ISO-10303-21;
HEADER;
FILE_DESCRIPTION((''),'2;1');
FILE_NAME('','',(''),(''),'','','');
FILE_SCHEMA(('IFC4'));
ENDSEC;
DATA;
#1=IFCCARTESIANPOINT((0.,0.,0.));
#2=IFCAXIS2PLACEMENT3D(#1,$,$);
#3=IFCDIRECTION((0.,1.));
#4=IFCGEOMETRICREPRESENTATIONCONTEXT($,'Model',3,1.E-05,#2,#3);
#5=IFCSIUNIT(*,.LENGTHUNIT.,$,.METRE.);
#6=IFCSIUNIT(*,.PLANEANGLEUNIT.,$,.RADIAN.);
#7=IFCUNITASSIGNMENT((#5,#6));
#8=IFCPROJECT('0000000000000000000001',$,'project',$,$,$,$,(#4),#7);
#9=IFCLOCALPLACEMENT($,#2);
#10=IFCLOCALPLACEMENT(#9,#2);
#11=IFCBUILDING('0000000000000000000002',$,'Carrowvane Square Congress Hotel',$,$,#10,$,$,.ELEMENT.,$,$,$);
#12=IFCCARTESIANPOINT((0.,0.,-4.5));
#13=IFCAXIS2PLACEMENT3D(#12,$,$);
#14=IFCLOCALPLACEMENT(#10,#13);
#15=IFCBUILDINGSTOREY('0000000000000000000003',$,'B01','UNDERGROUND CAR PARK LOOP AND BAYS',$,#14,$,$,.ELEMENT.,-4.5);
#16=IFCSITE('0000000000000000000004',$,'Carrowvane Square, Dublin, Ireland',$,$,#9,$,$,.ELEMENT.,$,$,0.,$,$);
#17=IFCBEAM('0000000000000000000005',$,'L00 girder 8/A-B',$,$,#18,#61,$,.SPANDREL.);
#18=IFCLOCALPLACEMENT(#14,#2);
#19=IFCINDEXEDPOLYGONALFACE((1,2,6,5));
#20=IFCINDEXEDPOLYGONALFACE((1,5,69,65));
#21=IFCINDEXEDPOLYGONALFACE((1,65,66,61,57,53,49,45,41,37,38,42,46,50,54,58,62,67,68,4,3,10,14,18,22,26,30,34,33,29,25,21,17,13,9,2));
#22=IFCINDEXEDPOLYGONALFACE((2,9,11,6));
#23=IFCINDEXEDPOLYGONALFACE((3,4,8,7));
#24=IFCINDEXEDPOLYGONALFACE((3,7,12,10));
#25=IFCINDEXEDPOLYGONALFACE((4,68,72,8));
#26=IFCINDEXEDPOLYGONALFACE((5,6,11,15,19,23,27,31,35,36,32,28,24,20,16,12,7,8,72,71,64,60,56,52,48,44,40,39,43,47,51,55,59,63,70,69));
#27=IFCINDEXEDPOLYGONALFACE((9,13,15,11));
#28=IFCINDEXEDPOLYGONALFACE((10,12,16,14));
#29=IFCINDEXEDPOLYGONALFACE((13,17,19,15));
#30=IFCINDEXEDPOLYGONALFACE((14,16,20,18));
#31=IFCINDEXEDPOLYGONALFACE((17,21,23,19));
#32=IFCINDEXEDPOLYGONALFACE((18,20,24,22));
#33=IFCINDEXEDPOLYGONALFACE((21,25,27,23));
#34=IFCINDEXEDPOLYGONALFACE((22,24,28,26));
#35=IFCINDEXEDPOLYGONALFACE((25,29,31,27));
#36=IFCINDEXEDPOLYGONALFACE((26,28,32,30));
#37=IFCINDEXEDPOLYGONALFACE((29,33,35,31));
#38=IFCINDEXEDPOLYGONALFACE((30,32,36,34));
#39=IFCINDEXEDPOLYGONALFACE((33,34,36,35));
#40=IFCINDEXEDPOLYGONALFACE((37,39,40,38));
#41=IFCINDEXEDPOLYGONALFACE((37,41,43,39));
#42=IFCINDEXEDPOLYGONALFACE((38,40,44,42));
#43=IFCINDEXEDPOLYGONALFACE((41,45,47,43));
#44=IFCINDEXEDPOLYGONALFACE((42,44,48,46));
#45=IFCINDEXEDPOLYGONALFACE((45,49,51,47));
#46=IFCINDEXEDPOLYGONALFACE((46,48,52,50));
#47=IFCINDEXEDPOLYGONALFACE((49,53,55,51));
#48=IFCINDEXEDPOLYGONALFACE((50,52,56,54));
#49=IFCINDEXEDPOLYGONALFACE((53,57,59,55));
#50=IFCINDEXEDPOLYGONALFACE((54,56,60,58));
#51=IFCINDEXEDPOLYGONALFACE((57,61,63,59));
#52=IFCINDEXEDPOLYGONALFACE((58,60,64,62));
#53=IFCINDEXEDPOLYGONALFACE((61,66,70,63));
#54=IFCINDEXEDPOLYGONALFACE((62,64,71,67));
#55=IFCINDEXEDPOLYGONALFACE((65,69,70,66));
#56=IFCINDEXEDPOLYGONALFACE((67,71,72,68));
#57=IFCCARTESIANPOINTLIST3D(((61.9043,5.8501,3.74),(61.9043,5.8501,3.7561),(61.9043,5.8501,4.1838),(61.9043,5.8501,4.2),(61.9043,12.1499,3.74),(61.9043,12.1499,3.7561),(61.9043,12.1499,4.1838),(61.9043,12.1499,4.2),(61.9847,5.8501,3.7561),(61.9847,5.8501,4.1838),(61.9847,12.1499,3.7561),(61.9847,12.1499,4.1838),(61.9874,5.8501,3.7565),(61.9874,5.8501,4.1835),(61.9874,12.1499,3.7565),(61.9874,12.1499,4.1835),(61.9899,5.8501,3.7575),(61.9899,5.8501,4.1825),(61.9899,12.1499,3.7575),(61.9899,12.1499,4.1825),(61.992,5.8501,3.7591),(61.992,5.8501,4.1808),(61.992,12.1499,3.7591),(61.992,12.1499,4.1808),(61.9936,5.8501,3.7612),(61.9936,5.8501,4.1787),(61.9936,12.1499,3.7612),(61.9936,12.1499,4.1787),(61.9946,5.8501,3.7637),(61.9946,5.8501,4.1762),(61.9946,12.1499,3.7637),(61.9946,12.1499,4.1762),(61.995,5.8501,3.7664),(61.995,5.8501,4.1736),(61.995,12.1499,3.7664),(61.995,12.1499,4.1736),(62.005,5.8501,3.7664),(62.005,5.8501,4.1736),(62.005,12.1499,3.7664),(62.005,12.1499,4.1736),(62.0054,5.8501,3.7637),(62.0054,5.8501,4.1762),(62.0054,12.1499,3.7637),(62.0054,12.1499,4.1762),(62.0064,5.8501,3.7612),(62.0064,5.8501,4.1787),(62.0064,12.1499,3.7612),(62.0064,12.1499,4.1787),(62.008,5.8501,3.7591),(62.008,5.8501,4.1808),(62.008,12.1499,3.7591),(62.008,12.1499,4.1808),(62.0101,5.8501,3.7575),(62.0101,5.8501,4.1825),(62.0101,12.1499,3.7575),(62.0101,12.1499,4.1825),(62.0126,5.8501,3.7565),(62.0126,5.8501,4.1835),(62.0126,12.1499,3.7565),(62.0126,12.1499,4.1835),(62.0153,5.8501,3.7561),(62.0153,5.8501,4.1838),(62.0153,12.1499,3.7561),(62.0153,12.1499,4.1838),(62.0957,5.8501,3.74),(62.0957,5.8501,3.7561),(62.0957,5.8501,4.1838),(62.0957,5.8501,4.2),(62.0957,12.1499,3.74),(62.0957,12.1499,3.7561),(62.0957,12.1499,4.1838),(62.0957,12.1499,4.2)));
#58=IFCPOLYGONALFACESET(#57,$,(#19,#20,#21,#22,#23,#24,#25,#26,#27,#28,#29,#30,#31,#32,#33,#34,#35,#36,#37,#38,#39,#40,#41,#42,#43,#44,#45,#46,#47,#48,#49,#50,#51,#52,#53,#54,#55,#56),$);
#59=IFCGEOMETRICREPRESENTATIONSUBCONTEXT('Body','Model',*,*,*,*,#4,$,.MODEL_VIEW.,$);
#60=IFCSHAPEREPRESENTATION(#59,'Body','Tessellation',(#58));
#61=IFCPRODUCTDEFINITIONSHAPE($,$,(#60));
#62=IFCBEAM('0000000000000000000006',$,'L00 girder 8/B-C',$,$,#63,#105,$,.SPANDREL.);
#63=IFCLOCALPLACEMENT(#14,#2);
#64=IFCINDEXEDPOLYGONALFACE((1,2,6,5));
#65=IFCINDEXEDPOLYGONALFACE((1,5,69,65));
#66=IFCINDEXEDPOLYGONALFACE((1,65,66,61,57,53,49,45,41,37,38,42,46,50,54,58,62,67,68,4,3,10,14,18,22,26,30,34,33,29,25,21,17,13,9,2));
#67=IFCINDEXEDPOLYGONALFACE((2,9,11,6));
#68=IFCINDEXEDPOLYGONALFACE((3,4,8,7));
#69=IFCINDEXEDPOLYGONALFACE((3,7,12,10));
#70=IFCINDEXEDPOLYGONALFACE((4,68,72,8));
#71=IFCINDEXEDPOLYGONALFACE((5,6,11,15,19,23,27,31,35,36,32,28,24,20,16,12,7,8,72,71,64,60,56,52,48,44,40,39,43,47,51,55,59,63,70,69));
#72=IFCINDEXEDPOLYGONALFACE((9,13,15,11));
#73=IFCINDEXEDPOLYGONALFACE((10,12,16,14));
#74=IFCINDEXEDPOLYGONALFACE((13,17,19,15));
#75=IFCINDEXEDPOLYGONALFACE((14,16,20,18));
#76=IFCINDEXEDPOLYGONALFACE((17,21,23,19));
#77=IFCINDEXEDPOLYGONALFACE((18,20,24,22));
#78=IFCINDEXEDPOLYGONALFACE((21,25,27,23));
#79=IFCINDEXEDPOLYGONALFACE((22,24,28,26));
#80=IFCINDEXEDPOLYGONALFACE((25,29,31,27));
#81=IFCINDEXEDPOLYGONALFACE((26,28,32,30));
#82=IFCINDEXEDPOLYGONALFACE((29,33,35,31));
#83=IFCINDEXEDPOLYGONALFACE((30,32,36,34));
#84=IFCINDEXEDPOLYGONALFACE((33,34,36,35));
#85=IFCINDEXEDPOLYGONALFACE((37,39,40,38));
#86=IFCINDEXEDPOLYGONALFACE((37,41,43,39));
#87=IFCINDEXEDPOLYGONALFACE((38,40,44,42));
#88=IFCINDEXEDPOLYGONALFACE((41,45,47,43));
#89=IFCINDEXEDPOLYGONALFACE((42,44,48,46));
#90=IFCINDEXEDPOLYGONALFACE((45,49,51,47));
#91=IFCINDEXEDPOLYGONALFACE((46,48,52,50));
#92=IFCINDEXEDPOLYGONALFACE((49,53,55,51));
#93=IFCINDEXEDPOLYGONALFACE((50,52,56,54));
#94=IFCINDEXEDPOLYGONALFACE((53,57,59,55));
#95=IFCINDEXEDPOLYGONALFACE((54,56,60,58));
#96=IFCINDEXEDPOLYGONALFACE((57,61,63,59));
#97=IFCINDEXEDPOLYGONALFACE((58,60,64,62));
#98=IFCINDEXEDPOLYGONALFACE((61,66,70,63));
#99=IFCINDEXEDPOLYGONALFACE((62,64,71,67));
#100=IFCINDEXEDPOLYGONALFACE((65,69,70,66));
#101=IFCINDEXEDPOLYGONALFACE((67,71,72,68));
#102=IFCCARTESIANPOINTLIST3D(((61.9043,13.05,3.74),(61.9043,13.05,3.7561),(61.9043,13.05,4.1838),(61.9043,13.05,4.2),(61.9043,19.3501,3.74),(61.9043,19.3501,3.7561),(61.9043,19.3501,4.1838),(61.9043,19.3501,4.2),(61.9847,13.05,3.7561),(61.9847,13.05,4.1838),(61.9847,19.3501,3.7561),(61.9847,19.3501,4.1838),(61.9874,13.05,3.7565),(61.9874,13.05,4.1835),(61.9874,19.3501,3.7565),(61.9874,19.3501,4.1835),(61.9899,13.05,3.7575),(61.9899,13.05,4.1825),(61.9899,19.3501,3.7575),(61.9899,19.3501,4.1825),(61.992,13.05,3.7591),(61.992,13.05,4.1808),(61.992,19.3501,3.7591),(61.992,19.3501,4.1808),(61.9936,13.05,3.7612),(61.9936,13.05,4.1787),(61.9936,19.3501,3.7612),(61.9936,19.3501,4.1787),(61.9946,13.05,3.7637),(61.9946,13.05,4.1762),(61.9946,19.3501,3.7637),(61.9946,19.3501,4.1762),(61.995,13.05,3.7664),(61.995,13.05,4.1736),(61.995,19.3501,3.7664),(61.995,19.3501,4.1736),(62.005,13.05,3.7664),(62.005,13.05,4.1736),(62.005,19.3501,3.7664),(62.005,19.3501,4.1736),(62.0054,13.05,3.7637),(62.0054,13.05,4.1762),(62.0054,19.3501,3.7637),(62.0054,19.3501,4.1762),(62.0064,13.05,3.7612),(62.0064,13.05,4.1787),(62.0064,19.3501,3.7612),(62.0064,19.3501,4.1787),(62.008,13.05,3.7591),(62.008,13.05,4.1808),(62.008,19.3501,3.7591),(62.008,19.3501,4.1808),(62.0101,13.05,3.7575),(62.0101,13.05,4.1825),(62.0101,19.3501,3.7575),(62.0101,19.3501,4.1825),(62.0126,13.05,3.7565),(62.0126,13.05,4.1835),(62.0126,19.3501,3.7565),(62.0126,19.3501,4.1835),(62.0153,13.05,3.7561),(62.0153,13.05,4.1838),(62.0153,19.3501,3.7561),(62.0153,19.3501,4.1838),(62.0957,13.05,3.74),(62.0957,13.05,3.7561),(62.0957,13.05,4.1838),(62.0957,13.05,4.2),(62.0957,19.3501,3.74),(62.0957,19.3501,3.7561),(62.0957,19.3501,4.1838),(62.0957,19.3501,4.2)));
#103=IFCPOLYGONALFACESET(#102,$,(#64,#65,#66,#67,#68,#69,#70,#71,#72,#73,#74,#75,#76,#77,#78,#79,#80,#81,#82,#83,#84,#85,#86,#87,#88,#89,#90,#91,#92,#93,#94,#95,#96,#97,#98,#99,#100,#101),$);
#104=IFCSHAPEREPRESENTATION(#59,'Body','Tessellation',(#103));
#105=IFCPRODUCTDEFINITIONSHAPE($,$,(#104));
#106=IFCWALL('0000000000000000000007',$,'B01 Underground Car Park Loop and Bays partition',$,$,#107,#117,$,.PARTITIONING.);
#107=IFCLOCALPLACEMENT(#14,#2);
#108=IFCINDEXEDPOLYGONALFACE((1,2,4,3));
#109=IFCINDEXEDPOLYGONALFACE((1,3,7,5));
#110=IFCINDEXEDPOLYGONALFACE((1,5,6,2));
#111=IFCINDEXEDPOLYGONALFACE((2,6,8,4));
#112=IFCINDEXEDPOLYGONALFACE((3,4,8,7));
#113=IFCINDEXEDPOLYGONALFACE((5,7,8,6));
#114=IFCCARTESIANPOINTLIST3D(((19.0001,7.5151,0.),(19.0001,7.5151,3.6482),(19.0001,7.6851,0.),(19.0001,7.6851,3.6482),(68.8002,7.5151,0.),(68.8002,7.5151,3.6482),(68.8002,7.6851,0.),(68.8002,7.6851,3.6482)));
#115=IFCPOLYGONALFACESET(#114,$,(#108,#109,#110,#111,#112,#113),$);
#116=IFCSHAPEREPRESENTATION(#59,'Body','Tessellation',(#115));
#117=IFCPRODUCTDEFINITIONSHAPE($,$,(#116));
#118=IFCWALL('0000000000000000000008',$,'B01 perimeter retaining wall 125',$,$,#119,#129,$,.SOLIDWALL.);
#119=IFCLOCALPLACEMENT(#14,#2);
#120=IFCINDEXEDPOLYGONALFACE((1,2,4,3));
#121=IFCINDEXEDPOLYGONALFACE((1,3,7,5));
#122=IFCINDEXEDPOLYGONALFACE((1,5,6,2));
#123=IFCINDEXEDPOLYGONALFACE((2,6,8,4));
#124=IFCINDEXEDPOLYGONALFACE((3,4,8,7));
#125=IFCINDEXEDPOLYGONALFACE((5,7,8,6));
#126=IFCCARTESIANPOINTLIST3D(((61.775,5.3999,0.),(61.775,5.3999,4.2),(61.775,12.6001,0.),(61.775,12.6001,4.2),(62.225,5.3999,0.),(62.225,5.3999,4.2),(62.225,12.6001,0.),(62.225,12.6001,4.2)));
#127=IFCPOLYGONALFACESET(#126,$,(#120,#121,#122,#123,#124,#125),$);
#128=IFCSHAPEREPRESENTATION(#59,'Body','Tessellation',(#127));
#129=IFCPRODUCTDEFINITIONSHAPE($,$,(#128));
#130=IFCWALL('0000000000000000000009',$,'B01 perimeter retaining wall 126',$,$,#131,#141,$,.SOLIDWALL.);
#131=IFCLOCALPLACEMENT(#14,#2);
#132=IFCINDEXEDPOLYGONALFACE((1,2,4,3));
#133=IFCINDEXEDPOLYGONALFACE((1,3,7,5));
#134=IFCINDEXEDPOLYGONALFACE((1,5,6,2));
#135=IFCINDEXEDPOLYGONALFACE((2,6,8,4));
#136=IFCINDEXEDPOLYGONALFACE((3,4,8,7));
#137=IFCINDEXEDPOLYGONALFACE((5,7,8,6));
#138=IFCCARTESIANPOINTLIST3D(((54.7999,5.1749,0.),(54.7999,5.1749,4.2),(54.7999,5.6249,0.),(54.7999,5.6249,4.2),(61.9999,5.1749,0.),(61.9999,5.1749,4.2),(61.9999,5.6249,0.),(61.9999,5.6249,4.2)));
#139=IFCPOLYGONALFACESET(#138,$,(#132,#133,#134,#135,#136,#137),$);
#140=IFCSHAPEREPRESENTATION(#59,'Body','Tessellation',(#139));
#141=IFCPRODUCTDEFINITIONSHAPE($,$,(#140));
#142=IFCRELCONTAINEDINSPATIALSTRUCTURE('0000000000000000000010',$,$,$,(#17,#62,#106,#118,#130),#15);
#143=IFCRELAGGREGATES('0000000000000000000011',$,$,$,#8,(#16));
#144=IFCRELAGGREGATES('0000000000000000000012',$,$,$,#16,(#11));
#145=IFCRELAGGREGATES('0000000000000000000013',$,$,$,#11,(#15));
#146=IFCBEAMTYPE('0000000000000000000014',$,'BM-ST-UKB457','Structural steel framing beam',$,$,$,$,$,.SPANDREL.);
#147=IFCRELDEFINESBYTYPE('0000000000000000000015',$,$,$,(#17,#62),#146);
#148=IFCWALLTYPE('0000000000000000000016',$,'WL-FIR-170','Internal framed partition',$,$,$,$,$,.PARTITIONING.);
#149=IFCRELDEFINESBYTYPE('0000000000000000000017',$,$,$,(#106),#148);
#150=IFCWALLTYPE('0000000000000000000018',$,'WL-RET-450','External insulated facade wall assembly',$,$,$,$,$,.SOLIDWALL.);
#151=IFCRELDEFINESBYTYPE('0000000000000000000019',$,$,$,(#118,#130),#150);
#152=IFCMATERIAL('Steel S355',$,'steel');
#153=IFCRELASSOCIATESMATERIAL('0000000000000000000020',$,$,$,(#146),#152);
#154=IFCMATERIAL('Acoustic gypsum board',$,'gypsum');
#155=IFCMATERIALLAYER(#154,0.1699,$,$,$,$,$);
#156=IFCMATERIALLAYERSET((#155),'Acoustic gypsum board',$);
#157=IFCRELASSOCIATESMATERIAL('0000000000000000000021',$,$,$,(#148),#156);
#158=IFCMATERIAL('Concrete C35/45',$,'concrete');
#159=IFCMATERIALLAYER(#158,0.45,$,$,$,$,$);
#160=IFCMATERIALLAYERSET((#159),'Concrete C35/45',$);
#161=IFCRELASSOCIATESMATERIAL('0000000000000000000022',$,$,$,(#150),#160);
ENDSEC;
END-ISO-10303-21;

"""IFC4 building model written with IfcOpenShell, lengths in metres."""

from ifc_helpers import new_model, si_unit, direction, frame, frame_2d, origin, origin_2d, place, context, subcontext, project, spatial, rectangle, i_section, extrude, material, layer, layer_set, material_profile, profile_set, type_object, element, save


model = new_model("IFC4")

# Units and contexts
model_context = context("Model", 3, precision=1e-05, world=origin(), true_north=direction((0.0, 1.0)))
body_context = subcontext(model_context, "Body", "Model", "MODEL_VIEW")
ifc_project = project(units=[si_unit("LENGTHUNIT", "METRE"), si_unit("PLANEANGLEUNIT", "RADIAN")], contexts=[model_context])

# Site, building, storey
site_placement = place(None, origin())
site = spatial("IfcSite", under=ifc_project, at=site_placement, Name="Carrowvane Square, Dublin, Ireland", CompositionType="ELEMENT", RefElevation=0.0)
building_placement = place(site_placement, origin())
building = spatial("IfcBuilding", under=site, at=building_placement, Name="Carrowvane Square Congress Hotel", CompositionType="ELEMENT")
storey_placement = place(building_placement, frame((0.0, 0.0, -4.5)))
storey = spatial("IfcBuildingStorey", under=building, at=storey_placement, Name="B01", Description="UNDERGROUND CAR PARK LOOP AND BAYS", CompositionType="ELEMENT", Elevation=-4.5)

# Beams
ifc_material_1 = material(Name="Steel S355", Category="steel")
ifc_material_profile_1 = material_profile(ifc_material_1, i_section(OverallWidth=0.1914, OverallDepth=0.46, WebThickness=0.01, FlangeThickness=0.0161, FilletRadius=0.0103, at=origin_2d()), Name="UKB 457x191x82")
ifc_profile_set_1 = profile_set([ifc_material_profile_1], Name="Steel S355")
beam_type = type_object("IfcBeamType", Name="BM-ST-UKB457", Description="Structural steel framing beam", PredefinedType="SPANDREL", material=ifc_profile_set_1)
beam_1_placement = place(storey_placement, frame((62.0, 5.8501, 3.97), z_axis=(0.0, 1.0, 0.0), x_axis=(-1.0, 0.0, 0.0)))
element("IfcBeam", 1, at=beam_1_placement, inside=storey, type_object=beam_type, Name="L00 girder 8/A-B", PredefinedType="SPANDREL", context=body_context, shape_type="SweptSolid", body=[
    extrude(i_section(OverallWidth=0.1914, OverallDepth=0.46, WebThickness=0.01, FlangeThickness=0.0161, FilletRadius=0.0103, at=origin_2d()), origin(), (0.0, 0.0, 1.0), 6.2998),
])
beam_2_placement = place(storey_placement, frame((62.0, 13.05, 3.97), z_axis=(0.0, 1.0, 0.0), x_axis=(-1.0, 0.0, 0.0)))
element("IfcBeam", 2, at=beam_2_placement, inside=storey, type_object=beam_type, Name="L00 girder 8/B-C", PredefinedType="SPANDREL", context=body_context, shape_type="SweptSolid", body=[
    extrude(i_section(OverallWidth=0.1914, OverallDepth=0.46, WebThickness=0.01, FlangeThickness=0.0161, FilletRadius=0.0103, at=origin_2d()), origin(), (0.0, 0.0, 1.0), 6.3),
])

# Walls
ifc_material_2 = material(Name="Acoustic gypsum board", Category="gypsum")
ifc_layer_1 = layer(ifc_material_2, 0.1699)
ifc_layer_set_1 = layer_set([ifc_layer_1], Name="Acoustic gypsum board")
wall_type_1 = type_object("IfcWallType", Name="WL-FIR-170", Description="Internal framed partition", PredefinedType="PARTITIONING", material=ifc_layer_set_1)
wall_1_placement = place(storey_placement, frame((68.8, 7.6001, 0.0), z_axis=(0.0, 0.0, 1.0), x_axis=(-1.0, 0.0, 0.0)))
element("IfcWall", 3, at=wall_1_placement, inside=storey, type_object=wall_type_1, Name="B01 Underground Car Park Loop and Bays partition", PredefinedType="PARTITIONING", context=body_context, shape_type="SweptSolid", body=[
    extrude(rectangle(XDim=49.8, YDim=0.1699, at=frame_2d((24.8999, 0.0))), origin(), (0.0, 0.0, 1.0), 3.6482),
])
ifc_material_3 = material(Name="Concrete C35/45", Category="concrete")
ifc_layer_2 = layer(ifc_material_3, 0.45)
ifc_layer_set_2 = layer_set([ifc_layer_2], Name="Concrete C35/45")
wall_type_2 = type_object("IfcWallType", Name="WL-RET-450", Description="External insulated facade wall assembly", PredefinedType="SOLIDWALL", material=ifc_layer_set_2)
wall_2_placement = place(storey_placement, frame((62.0, 12.6001, 0.0), z_axis=(0.0, 0.0, 1.0), x_axis=(0.0, -1.0, 0.0)))
element("IfcWall", 4, at=wall_2_placement, inside=storey, type_object=wall_type_2, Name="B01 perimeter retaining wall 125", PredefinedType="SOLIDWALL", context=body_context, shape_type="SweptSolid", body=[
    extrude(rectangle(XDim=7.2002, YDim=0.45, at=frame_2d((3.6001, 0.0))), origin(), (0.0, 0.0, 1.0), 4.2),
])
wall_3_placement = place(storey_placement, frame((62.0, 5.3999, 0.0), z_axis=(0.0, 0.0, 1.0), x_axis=(-1.0, 0.0, 0.0)))
element("IfcWall", 5, at=wall_3_placement, inside=storey, type_object=wall_type_2, Name="B01 perimeter retaining wall 126", PredefinedType="SOLIDWALL", context=body_context, shape_type="SweptSolid", body=[
    extrude(rectangle(XDim=7.2, YDim=0.45, at=frame_2d((3.6001, 0.0))), origin(), (0.0, 0.0, 1.0), 4.2),
])

save(model, "model.ifc")
